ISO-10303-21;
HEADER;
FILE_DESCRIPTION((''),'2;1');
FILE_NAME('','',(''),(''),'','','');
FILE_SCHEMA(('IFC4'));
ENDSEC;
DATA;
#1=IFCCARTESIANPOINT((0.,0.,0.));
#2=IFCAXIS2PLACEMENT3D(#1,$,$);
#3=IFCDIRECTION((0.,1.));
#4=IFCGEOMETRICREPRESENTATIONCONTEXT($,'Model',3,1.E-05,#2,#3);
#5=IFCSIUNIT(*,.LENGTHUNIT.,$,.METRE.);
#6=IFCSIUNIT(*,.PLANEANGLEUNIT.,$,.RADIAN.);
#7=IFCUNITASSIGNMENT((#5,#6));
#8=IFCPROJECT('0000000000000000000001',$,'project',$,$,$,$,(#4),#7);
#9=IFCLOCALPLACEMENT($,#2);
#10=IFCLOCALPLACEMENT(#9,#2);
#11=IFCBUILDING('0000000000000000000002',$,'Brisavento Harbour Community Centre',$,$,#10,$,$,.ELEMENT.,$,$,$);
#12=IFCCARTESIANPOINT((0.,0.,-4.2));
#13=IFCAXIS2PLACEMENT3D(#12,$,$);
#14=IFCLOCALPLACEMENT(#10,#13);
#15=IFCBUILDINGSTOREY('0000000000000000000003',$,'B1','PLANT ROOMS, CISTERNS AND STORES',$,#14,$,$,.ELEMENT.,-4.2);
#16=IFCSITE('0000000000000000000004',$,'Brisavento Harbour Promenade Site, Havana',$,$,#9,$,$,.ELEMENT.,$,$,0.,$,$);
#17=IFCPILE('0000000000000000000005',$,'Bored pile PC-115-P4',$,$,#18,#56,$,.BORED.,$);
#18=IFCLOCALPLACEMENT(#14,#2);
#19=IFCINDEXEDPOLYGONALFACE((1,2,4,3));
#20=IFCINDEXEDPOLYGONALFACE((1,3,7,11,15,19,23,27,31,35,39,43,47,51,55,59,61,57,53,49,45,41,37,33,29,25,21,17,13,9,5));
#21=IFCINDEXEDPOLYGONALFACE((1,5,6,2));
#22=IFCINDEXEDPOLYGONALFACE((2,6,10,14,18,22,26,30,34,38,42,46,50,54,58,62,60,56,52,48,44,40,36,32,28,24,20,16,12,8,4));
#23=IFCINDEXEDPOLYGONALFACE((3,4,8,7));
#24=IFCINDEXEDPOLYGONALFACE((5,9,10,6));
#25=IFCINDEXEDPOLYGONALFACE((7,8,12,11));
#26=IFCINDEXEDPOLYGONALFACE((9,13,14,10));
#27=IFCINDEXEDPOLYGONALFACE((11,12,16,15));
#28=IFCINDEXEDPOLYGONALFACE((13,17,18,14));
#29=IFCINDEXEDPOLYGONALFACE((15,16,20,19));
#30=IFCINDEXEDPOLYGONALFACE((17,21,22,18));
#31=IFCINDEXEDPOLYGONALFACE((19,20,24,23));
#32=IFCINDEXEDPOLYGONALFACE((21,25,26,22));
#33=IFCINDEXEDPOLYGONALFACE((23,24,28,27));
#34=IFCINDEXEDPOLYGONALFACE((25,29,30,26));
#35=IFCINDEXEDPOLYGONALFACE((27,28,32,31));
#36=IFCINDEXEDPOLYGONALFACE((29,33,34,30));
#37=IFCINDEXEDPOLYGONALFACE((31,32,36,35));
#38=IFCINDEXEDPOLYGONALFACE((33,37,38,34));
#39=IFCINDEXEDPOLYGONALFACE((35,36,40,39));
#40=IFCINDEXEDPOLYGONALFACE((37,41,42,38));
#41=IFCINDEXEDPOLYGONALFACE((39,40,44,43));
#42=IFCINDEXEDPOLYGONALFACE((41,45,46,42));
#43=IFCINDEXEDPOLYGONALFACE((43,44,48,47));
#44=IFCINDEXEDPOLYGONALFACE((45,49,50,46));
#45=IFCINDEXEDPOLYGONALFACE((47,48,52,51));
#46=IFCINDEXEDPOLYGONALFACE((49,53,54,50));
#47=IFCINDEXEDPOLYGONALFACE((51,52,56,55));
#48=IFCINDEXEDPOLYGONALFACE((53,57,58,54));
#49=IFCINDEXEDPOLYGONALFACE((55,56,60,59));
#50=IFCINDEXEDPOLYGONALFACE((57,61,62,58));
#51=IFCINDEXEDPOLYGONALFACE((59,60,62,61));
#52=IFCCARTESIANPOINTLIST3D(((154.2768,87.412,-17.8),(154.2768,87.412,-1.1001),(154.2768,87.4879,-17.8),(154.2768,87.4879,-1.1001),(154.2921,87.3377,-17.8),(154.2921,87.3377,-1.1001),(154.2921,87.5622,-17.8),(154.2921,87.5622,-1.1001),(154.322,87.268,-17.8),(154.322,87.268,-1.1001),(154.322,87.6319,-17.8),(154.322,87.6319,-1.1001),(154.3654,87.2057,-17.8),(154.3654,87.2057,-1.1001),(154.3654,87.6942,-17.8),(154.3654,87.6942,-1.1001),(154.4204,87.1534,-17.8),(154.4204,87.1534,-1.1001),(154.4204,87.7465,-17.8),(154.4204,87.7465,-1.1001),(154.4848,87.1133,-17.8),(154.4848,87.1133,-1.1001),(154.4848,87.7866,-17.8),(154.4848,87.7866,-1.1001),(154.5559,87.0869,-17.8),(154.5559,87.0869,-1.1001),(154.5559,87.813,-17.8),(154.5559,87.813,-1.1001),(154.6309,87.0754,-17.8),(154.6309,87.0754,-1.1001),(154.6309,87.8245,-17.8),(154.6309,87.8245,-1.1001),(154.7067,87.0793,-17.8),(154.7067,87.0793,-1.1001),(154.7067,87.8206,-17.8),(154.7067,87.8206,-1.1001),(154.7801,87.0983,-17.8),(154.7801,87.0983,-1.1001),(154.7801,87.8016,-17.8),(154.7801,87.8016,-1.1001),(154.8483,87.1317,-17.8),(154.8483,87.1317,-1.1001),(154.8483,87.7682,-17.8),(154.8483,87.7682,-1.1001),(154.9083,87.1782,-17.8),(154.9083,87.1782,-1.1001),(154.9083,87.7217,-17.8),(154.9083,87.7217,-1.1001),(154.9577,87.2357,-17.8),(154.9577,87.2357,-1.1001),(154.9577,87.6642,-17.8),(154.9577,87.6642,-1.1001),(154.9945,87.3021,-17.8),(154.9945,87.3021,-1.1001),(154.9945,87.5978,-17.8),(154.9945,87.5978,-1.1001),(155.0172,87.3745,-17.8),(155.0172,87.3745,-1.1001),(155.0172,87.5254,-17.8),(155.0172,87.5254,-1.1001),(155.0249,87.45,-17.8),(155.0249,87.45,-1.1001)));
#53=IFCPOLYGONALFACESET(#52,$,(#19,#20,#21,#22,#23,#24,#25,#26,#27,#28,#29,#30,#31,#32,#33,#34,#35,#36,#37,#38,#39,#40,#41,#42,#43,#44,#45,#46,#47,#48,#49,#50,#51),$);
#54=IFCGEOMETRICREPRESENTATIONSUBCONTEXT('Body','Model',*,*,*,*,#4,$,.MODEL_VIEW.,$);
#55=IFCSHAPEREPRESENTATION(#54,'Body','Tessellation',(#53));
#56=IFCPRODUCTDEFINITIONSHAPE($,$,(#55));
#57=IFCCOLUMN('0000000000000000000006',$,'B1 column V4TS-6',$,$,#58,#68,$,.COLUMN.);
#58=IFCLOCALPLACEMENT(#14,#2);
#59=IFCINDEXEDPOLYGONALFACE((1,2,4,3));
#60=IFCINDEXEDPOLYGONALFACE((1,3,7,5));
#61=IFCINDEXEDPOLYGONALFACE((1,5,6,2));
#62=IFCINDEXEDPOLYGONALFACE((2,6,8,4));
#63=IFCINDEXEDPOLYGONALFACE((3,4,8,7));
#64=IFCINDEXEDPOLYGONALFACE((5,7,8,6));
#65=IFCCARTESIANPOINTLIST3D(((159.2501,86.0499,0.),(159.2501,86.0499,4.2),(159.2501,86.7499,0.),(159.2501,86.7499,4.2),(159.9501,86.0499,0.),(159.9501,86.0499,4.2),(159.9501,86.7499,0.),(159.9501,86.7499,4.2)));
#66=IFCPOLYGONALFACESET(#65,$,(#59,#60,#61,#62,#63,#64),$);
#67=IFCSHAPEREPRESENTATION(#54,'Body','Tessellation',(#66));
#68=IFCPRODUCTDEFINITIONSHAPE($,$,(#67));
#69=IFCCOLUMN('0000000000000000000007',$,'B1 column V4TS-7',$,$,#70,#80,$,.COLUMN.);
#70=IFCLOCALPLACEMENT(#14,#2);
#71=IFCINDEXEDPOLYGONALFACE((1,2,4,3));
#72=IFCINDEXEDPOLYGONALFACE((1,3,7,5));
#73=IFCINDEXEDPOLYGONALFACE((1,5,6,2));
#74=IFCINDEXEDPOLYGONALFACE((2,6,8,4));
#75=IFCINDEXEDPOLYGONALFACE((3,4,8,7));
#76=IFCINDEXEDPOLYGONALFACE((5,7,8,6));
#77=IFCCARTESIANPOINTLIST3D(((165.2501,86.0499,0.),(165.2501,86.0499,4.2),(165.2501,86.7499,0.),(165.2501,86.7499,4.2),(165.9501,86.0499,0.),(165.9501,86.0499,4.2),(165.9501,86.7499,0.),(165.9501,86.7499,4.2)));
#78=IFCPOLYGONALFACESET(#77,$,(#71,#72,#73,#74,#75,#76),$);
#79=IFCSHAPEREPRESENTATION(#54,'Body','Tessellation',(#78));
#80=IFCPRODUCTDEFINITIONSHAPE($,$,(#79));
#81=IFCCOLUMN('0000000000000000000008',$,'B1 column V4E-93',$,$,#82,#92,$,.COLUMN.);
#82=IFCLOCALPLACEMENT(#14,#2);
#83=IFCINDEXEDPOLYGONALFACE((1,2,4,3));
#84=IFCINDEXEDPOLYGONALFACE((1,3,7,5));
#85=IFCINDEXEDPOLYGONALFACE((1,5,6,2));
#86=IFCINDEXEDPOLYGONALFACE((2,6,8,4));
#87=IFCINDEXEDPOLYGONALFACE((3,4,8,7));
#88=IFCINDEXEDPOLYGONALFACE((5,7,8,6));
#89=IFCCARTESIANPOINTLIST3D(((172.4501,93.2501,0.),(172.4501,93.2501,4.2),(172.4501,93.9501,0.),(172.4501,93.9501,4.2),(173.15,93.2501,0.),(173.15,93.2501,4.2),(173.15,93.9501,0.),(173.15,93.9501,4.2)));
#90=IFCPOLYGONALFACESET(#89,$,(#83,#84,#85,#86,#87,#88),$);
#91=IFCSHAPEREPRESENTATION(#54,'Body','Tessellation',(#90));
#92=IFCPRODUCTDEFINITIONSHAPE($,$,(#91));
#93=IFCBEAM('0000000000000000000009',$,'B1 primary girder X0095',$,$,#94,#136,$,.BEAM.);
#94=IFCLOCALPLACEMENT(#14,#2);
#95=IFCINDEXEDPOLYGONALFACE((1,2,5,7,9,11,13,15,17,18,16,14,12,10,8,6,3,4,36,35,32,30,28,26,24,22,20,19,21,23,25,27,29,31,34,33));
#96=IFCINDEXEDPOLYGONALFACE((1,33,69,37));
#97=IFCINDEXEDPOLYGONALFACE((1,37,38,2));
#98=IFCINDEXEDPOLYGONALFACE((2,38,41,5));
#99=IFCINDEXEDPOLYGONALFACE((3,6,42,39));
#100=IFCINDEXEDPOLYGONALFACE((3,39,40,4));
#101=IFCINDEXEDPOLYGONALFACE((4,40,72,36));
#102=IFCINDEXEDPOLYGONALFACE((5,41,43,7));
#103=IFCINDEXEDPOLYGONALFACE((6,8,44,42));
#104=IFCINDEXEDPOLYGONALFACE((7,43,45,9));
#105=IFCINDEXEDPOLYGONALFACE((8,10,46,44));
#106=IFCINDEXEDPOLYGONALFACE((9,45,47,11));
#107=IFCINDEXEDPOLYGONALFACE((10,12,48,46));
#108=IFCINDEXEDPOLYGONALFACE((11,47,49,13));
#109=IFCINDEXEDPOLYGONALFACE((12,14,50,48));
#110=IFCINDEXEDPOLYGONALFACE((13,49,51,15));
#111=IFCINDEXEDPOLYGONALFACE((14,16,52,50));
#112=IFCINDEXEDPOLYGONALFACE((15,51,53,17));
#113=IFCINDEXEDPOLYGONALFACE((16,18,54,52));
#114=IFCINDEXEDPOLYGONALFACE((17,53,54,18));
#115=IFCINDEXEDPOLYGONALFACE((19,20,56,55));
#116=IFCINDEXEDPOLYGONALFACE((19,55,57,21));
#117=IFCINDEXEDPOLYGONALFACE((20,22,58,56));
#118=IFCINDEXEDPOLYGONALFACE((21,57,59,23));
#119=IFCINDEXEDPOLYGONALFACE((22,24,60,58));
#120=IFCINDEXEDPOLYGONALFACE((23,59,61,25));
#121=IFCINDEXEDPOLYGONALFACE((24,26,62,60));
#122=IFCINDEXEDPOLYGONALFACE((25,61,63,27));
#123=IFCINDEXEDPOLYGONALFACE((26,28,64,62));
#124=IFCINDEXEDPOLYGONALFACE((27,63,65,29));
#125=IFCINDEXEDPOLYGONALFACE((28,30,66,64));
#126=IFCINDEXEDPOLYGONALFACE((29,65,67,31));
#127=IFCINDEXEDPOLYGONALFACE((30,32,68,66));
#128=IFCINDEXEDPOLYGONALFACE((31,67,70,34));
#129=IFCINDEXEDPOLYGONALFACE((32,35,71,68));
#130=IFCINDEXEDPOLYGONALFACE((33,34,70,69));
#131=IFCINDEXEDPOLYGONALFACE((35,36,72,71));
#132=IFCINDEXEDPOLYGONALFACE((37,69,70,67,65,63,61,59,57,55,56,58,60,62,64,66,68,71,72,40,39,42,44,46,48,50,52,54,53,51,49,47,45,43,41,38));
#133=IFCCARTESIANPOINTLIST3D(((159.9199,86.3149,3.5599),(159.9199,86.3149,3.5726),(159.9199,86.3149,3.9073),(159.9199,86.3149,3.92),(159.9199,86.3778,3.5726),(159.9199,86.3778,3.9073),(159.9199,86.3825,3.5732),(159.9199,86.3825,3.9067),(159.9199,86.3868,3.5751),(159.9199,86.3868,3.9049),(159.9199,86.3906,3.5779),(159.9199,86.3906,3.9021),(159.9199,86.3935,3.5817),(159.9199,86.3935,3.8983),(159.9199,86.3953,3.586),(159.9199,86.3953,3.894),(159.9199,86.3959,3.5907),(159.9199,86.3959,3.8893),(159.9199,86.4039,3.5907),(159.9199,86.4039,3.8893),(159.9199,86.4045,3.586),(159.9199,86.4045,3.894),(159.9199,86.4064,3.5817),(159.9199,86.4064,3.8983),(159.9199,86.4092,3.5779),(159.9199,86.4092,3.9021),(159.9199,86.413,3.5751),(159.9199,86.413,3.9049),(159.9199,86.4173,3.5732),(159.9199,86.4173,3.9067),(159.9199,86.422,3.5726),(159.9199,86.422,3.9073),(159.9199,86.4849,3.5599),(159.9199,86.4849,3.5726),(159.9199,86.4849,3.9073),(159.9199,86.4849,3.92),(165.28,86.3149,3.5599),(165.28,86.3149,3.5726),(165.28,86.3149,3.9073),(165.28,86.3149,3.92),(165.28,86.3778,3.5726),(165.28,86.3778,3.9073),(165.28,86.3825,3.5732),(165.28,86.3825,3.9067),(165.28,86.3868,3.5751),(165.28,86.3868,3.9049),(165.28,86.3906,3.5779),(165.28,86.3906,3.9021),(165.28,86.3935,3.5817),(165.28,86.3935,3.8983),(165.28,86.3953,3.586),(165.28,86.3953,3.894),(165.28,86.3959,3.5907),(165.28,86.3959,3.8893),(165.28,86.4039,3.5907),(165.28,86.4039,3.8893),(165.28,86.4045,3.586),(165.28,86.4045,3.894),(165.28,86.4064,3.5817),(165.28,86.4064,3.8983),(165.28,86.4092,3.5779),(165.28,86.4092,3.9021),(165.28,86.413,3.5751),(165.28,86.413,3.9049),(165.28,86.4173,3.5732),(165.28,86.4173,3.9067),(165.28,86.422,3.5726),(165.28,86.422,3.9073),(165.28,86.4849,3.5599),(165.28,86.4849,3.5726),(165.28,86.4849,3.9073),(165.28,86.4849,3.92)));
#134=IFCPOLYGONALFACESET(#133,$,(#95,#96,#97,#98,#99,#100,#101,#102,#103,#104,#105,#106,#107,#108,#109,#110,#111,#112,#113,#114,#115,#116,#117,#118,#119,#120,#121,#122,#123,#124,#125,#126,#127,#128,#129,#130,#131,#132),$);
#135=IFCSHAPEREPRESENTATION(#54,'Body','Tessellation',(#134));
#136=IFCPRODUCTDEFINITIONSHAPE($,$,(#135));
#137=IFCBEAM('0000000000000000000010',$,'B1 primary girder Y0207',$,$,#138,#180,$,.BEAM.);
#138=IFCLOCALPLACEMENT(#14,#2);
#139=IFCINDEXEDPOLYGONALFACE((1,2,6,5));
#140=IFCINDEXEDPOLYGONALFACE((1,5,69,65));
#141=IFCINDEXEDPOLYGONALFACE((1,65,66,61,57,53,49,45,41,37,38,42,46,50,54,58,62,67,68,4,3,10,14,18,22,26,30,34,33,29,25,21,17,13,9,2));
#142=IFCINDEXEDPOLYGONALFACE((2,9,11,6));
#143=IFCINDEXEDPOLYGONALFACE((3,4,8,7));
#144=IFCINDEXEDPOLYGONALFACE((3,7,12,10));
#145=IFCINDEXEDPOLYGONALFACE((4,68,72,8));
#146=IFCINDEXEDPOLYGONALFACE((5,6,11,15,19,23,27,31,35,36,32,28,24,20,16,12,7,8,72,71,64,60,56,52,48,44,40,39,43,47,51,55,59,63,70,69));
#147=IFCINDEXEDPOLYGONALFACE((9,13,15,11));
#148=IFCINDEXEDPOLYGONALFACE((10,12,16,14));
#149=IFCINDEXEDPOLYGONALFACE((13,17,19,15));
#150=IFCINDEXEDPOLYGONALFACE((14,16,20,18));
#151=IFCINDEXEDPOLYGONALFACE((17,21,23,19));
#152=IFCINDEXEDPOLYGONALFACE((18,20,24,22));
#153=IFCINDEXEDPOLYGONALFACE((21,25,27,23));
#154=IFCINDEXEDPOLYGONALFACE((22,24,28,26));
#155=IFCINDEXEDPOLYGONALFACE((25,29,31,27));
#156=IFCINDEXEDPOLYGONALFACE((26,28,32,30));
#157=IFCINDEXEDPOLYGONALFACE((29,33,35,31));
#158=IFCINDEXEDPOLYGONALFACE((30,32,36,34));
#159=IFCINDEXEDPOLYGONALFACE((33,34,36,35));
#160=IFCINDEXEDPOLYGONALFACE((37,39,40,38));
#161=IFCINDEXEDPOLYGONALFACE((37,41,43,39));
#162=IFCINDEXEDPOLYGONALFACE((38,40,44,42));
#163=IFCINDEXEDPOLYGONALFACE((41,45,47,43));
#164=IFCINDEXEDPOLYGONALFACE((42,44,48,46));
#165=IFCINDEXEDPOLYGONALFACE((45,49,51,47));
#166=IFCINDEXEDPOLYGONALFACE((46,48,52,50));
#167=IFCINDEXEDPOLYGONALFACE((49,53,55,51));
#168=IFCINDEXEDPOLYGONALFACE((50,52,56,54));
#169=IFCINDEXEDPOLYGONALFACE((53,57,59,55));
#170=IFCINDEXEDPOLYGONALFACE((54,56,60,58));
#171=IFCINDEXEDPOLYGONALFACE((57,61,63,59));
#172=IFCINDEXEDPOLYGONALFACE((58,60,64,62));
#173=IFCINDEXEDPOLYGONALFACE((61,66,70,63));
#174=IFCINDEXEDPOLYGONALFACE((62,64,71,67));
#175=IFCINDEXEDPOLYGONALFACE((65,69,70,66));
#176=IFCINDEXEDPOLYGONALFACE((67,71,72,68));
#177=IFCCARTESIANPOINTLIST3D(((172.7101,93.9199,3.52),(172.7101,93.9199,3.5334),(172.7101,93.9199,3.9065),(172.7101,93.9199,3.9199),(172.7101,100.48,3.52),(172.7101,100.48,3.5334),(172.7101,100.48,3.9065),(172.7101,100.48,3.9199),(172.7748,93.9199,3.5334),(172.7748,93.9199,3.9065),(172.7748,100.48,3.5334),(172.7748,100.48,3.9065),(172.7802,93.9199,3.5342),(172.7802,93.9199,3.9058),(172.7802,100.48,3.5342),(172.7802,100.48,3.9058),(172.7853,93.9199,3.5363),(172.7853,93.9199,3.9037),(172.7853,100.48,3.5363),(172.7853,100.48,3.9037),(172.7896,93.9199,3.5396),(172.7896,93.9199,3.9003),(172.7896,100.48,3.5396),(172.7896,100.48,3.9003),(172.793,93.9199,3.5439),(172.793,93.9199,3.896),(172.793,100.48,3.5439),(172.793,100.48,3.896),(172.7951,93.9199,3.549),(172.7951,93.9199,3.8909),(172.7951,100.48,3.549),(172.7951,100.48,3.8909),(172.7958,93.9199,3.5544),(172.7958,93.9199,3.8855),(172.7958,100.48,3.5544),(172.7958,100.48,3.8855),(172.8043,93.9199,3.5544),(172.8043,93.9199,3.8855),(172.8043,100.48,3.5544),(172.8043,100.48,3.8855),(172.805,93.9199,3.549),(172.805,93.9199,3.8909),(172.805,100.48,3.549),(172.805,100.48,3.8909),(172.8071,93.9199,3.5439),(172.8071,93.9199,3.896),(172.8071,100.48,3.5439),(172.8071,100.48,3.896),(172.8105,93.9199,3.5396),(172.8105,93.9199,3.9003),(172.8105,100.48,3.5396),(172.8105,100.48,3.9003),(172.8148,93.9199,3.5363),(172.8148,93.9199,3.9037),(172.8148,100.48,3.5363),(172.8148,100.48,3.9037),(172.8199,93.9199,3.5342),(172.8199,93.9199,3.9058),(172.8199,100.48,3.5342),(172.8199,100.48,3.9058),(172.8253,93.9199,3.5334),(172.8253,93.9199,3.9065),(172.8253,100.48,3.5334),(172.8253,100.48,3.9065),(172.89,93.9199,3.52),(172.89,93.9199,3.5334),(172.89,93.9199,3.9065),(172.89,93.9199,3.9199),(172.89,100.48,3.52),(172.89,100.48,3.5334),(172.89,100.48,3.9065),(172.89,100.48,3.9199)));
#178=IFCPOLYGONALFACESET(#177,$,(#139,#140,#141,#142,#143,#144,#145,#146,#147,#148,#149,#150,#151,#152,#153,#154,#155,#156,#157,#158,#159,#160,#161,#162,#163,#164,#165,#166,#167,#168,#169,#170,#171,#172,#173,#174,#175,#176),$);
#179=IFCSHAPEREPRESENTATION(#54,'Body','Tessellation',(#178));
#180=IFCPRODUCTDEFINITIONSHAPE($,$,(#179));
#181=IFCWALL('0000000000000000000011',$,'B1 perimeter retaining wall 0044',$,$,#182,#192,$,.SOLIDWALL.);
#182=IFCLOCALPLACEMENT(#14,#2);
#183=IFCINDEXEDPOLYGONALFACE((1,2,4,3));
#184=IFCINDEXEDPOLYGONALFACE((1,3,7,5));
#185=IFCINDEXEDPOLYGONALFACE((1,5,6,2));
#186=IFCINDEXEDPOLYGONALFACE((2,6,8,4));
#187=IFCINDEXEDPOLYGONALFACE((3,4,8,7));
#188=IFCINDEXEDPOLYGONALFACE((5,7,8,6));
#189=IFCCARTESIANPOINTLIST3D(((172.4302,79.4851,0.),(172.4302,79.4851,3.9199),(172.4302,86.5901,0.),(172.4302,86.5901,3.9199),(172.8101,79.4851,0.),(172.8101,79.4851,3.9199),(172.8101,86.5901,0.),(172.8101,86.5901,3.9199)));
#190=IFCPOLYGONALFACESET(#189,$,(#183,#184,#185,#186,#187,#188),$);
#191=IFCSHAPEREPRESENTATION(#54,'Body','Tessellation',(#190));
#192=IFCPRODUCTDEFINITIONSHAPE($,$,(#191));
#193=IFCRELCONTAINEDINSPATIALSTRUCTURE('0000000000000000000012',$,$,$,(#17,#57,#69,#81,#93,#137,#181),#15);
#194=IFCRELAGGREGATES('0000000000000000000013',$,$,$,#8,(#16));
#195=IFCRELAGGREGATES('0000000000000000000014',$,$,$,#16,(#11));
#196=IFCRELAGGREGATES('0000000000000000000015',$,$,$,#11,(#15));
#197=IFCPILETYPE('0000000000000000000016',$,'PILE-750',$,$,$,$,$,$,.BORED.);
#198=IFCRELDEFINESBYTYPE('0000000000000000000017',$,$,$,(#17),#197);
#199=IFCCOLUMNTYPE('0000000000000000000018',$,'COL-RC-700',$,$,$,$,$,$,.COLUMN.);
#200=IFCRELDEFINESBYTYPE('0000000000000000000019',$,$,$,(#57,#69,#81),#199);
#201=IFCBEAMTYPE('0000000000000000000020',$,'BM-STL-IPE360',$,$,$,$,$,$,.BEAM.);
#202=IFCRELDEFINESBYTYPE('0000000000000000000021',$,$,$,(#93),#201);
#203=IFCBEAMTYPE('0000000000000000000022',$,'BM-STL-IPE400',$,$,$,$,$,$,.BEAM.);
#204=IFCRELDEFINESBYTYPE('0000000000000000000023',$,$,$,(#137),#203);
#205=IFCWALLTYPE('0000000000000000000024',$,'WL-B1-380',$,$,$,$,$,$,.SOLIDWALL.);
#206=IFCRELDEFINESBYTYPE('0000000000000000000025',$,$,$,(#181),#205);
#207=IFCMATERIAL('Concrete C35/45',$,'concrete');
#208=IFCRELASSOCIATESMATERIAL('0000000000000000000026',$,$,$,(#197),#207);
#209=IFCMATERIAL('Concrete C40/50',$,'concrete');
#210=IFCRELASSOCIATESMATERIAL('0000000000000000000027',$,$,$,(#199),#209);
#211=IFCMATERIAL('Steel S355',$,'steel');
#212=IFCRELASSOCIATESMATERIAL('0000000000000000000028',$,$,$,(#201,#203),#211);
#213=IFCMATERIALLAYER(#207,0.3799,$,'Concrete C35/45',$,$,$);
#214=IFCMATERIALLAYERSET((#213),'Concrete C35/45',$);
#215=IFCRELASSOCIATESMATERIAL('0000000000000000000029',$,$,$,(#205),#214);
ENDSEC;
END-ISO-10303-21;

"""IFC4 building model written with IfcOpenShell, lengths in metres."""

from ifc_helpers import new_model, si_unit, direction, frame, frame_2d, origin, origin_2d, place, context, subcontext, project, spatial, rectangle, circle, i_section, extrude, material, layer, layer_set, material_profile, profile_set, type_object, element, save


model = new_model("IFC4")

# Units and contexts
model_context = context("Model", 3, precision=1e-05, world=origin(), true_north=direction((0.0, 1.0)))
body_context = subcontext(model_context, "Body", "Model", "MODEL_VIEW")
ifc_project = project(units=[si_unit("LENGTHUNIT", "METRE"), si_unit("PLANEANGLEUNIT", "RADIAN")], contexts=[model_context])

# Site, building, storey
site_placement = place(None, origin())
site = spatial("IfcSite", under=ifc_project, at=site_placement, Name="Brisavento Harbour Promenade Site, Havana", CompositionType="ELEMENT", RefElevation=0.0)
building_placement = place(site_placement, origin())
building = spatial("IfcBuilding", under=site, at=building_placement, Name="Brisavento Harbour Community Centre", CompositionType="ELEMENT")
storey_placement = place(building_placement, frame((0.0, 0.0, -4.2)))
storey = spatial("IfcBuildingStorey", under=building, at=storey_placement, Name="B1", Description="PLANT ROOMS, CISTERNS AND STORES", CompositionType="ELEMENT", Elevation=-4.2)

# Shared definitions
ifc_material_1 = material(Name="Concrete C35/45", Category="concrete")

# Pile
ifc_material_profile_1 = material_profile(ifc_material_1, circle(Radius=0.375, at=origin_2d()), Name="Concrete C35/45")
ifc_profile_set_1 = profile_set([ifc_material_profile_1], Name="Concrete C35/45")
pile_type_1 = type_object("IfcPileType", Name="PILE-750", PredefinedType="BORED", material=ifc_profile_set_1)
for number, where, z_axis, x_axis, name in (
    (1, (154.6499, 87.45, -1.1001), (0.0, 0.0, -1.0), (1.0, 0.0, 0.0), "Bored pile PC-115-P4"),
):
    element("IfcPile", number, at=place(storey_placement, frame(where, z_axis=z_axis, x_axis=x_axis)), inside=storey, type_object=pile_type_1, Name=name, PredefinedType="BORED", context=body_context, shape_type="SweptSolid", body=[
        extrude(circle(Radius=0.375, at=origin_2d()), origin(), (0.0, 0.0, 1.0), 16.7),
    ])

# Columns
ifc_material_2 = material(Name="Concrete C40/50", Category="concrete")
ifc_material_profile_2 = material_profile(ifc_material_2, rectangle(XDim=0.7, YDim=0.7, at=origin_2d()), Name="Concrete C40/50")
ifc_profile_set_2 = profile_set([ifc_material_profile_2], Name="Concrete C40/50")
column_type = type_object("IfcColumnType", Name="COL-RC-700", PredefinedType="COLUMN", material=ifc_profile_set_2)
for number, where, z_axis, x_axis, name in (
    (2, (159.6001, 86.3999, 0.0), (0.0, 0.0, 1.0), (1.0, 0.0, 0.0), "B1 column V4TS-6"),
    (3, (165.6001, 86.3999, 0.0), (0.0, 0.0, 1.0), (1.0, 0.0, 0.0), "B1 column V4TS-7"),
    (4, (172.8, 93.6001, 0.0), (0.0, 0.0, 1.0), (1.0, 0.0, 0.0), "B1 column V4E-93"),
):
    element("IfcColumn", number, at=place(storey_placement, frame(where, z_axis=z_axis, x_axis=x_axis)), inside=storey, type_object=column_type, Name=name, PredefinedType="COLUMN", context=body_context, shape_type="SweptSolid", body=[
        extrude(rectangle(XDim=0.7, YDim=0.7, at=origin_2d()), origin(), (0.0, 0.0, 1.0), 4.2),
    ])

# Beams
ifc_material_3 = material(Name="Steel S355", Category="steel")
ifc_material_profile_3 = material_profile(ifc_material_3, i_section(OverallWidth=0.1699, OverallDepth=0.3601, WebThickness=0.0081, FlangeThickness=0.0127, FilletRadius=0.0181, at=origin_2d()), Name="Steel S355")
ifc_profile_set_3 = profile_set([ifc_material_profile_3], Name="Steel S355")
beam_type_1 = type_object("IfcBeamType", Name="BM-STL-IPE360", PredefinedType="BEAM", material=ifc_profile_set_3)
beam_1_placement = place(storey_placement, frame((159.9199, 86.3999, 3.74), z_axis=(1.0, 0.0, 0.0), x_axis=(0.0, 1.0, 0.0)))
element("IfcBeam", 5, at=beam_1_placement, inside=storey, type_object=beam_type_1, Name="B1 primary girder X0095", PredefinedType="BEAM", context=body_context, shape_type="SweptSolid", body=[
    extrude(i_section(OverallWidth=0.1699, OverallDepth=0.3601, WebThickness=0.0081, FlangeThickness=0.0127, FilletRadius=0.0181, at=origin_2d()), origin(), (0.0, 0.0, 1.0), 5.3601),
])
ifc_material_profile_4 = material_profile(ifc_material_3, i_section(OverallWidth=0.1799, OverallDepth=0.3999, WebThickness=0.0085, FlangeThickness=0.0134, FilletRadius=0.021, at=origin_2d()), Name="Steel S355")
ifc_profile_set_4 = profile_set([ifc_material_profile_4], Name="Steel S355")
beam_type_2 = type_object("IfcBeamType", Name="BM-STL-IPE400", PredefinedType="BEAM", material=ifc_profile_set_4)
beam_2_placement = place(storey_placement, frame((172.8, 93.9199, 3.72), z_axis=(0.0, 1.0, 0.0), x_axis=(-1.0, 0.0, 0.0)))
element("IfcBeam", 6, at=beam_2_placement, inside=storey, type_object=beam_type_2, Name="B1 primary girder Y0207", PredefinedType="BEAM", context=body_context, shape_type="SweptSolid", body=[
    extrude(i_section(OverallWidth=0.1799, OverallDepth=0.3999, WebThickness=0.0085, FlangeThickness=0.0134, FilletRadius=0.021, at=origin_2d()), origin(), (0.0, 0.0, 1.0), 6.5601),
])

# Wall
ifc_layer_1 = layer(ifc_material_1, 0.3799, Name="Concrete C35/45")
ifc_layer_set_1 = layer_set([ifc_layer_1], Name="Concrete C35/45")
wall_type_1 = type_object("IfcWallType", Name="WL-B1-380", PredefinedType="SOLIDWALL", material=ifc_layer_set_1)
wall_1_placement = place(storey_placement, frame((172.6201, 86.5901, 0.0), z_axis=(0.0, 0.0, 1.0), x_axis=(0.0, -1.0, 0.0)))
element("IfcWall", 7, at=wall_1_placement, inside=storey, type_object=wall_type_1, Name="B1 perimeter retaining wall 0044", PredefinedType="SOLIDWALL", context=body_context, shape_type="SweptSolid", body=[
    extrude(rectangle(XDim=7.105, YDim=0.3799, at=frame_2d((3.5525, 0.0))), origin(), (0.0, 0.0, 1.0), 3.9199),
])

save(model, "model.ifc")
